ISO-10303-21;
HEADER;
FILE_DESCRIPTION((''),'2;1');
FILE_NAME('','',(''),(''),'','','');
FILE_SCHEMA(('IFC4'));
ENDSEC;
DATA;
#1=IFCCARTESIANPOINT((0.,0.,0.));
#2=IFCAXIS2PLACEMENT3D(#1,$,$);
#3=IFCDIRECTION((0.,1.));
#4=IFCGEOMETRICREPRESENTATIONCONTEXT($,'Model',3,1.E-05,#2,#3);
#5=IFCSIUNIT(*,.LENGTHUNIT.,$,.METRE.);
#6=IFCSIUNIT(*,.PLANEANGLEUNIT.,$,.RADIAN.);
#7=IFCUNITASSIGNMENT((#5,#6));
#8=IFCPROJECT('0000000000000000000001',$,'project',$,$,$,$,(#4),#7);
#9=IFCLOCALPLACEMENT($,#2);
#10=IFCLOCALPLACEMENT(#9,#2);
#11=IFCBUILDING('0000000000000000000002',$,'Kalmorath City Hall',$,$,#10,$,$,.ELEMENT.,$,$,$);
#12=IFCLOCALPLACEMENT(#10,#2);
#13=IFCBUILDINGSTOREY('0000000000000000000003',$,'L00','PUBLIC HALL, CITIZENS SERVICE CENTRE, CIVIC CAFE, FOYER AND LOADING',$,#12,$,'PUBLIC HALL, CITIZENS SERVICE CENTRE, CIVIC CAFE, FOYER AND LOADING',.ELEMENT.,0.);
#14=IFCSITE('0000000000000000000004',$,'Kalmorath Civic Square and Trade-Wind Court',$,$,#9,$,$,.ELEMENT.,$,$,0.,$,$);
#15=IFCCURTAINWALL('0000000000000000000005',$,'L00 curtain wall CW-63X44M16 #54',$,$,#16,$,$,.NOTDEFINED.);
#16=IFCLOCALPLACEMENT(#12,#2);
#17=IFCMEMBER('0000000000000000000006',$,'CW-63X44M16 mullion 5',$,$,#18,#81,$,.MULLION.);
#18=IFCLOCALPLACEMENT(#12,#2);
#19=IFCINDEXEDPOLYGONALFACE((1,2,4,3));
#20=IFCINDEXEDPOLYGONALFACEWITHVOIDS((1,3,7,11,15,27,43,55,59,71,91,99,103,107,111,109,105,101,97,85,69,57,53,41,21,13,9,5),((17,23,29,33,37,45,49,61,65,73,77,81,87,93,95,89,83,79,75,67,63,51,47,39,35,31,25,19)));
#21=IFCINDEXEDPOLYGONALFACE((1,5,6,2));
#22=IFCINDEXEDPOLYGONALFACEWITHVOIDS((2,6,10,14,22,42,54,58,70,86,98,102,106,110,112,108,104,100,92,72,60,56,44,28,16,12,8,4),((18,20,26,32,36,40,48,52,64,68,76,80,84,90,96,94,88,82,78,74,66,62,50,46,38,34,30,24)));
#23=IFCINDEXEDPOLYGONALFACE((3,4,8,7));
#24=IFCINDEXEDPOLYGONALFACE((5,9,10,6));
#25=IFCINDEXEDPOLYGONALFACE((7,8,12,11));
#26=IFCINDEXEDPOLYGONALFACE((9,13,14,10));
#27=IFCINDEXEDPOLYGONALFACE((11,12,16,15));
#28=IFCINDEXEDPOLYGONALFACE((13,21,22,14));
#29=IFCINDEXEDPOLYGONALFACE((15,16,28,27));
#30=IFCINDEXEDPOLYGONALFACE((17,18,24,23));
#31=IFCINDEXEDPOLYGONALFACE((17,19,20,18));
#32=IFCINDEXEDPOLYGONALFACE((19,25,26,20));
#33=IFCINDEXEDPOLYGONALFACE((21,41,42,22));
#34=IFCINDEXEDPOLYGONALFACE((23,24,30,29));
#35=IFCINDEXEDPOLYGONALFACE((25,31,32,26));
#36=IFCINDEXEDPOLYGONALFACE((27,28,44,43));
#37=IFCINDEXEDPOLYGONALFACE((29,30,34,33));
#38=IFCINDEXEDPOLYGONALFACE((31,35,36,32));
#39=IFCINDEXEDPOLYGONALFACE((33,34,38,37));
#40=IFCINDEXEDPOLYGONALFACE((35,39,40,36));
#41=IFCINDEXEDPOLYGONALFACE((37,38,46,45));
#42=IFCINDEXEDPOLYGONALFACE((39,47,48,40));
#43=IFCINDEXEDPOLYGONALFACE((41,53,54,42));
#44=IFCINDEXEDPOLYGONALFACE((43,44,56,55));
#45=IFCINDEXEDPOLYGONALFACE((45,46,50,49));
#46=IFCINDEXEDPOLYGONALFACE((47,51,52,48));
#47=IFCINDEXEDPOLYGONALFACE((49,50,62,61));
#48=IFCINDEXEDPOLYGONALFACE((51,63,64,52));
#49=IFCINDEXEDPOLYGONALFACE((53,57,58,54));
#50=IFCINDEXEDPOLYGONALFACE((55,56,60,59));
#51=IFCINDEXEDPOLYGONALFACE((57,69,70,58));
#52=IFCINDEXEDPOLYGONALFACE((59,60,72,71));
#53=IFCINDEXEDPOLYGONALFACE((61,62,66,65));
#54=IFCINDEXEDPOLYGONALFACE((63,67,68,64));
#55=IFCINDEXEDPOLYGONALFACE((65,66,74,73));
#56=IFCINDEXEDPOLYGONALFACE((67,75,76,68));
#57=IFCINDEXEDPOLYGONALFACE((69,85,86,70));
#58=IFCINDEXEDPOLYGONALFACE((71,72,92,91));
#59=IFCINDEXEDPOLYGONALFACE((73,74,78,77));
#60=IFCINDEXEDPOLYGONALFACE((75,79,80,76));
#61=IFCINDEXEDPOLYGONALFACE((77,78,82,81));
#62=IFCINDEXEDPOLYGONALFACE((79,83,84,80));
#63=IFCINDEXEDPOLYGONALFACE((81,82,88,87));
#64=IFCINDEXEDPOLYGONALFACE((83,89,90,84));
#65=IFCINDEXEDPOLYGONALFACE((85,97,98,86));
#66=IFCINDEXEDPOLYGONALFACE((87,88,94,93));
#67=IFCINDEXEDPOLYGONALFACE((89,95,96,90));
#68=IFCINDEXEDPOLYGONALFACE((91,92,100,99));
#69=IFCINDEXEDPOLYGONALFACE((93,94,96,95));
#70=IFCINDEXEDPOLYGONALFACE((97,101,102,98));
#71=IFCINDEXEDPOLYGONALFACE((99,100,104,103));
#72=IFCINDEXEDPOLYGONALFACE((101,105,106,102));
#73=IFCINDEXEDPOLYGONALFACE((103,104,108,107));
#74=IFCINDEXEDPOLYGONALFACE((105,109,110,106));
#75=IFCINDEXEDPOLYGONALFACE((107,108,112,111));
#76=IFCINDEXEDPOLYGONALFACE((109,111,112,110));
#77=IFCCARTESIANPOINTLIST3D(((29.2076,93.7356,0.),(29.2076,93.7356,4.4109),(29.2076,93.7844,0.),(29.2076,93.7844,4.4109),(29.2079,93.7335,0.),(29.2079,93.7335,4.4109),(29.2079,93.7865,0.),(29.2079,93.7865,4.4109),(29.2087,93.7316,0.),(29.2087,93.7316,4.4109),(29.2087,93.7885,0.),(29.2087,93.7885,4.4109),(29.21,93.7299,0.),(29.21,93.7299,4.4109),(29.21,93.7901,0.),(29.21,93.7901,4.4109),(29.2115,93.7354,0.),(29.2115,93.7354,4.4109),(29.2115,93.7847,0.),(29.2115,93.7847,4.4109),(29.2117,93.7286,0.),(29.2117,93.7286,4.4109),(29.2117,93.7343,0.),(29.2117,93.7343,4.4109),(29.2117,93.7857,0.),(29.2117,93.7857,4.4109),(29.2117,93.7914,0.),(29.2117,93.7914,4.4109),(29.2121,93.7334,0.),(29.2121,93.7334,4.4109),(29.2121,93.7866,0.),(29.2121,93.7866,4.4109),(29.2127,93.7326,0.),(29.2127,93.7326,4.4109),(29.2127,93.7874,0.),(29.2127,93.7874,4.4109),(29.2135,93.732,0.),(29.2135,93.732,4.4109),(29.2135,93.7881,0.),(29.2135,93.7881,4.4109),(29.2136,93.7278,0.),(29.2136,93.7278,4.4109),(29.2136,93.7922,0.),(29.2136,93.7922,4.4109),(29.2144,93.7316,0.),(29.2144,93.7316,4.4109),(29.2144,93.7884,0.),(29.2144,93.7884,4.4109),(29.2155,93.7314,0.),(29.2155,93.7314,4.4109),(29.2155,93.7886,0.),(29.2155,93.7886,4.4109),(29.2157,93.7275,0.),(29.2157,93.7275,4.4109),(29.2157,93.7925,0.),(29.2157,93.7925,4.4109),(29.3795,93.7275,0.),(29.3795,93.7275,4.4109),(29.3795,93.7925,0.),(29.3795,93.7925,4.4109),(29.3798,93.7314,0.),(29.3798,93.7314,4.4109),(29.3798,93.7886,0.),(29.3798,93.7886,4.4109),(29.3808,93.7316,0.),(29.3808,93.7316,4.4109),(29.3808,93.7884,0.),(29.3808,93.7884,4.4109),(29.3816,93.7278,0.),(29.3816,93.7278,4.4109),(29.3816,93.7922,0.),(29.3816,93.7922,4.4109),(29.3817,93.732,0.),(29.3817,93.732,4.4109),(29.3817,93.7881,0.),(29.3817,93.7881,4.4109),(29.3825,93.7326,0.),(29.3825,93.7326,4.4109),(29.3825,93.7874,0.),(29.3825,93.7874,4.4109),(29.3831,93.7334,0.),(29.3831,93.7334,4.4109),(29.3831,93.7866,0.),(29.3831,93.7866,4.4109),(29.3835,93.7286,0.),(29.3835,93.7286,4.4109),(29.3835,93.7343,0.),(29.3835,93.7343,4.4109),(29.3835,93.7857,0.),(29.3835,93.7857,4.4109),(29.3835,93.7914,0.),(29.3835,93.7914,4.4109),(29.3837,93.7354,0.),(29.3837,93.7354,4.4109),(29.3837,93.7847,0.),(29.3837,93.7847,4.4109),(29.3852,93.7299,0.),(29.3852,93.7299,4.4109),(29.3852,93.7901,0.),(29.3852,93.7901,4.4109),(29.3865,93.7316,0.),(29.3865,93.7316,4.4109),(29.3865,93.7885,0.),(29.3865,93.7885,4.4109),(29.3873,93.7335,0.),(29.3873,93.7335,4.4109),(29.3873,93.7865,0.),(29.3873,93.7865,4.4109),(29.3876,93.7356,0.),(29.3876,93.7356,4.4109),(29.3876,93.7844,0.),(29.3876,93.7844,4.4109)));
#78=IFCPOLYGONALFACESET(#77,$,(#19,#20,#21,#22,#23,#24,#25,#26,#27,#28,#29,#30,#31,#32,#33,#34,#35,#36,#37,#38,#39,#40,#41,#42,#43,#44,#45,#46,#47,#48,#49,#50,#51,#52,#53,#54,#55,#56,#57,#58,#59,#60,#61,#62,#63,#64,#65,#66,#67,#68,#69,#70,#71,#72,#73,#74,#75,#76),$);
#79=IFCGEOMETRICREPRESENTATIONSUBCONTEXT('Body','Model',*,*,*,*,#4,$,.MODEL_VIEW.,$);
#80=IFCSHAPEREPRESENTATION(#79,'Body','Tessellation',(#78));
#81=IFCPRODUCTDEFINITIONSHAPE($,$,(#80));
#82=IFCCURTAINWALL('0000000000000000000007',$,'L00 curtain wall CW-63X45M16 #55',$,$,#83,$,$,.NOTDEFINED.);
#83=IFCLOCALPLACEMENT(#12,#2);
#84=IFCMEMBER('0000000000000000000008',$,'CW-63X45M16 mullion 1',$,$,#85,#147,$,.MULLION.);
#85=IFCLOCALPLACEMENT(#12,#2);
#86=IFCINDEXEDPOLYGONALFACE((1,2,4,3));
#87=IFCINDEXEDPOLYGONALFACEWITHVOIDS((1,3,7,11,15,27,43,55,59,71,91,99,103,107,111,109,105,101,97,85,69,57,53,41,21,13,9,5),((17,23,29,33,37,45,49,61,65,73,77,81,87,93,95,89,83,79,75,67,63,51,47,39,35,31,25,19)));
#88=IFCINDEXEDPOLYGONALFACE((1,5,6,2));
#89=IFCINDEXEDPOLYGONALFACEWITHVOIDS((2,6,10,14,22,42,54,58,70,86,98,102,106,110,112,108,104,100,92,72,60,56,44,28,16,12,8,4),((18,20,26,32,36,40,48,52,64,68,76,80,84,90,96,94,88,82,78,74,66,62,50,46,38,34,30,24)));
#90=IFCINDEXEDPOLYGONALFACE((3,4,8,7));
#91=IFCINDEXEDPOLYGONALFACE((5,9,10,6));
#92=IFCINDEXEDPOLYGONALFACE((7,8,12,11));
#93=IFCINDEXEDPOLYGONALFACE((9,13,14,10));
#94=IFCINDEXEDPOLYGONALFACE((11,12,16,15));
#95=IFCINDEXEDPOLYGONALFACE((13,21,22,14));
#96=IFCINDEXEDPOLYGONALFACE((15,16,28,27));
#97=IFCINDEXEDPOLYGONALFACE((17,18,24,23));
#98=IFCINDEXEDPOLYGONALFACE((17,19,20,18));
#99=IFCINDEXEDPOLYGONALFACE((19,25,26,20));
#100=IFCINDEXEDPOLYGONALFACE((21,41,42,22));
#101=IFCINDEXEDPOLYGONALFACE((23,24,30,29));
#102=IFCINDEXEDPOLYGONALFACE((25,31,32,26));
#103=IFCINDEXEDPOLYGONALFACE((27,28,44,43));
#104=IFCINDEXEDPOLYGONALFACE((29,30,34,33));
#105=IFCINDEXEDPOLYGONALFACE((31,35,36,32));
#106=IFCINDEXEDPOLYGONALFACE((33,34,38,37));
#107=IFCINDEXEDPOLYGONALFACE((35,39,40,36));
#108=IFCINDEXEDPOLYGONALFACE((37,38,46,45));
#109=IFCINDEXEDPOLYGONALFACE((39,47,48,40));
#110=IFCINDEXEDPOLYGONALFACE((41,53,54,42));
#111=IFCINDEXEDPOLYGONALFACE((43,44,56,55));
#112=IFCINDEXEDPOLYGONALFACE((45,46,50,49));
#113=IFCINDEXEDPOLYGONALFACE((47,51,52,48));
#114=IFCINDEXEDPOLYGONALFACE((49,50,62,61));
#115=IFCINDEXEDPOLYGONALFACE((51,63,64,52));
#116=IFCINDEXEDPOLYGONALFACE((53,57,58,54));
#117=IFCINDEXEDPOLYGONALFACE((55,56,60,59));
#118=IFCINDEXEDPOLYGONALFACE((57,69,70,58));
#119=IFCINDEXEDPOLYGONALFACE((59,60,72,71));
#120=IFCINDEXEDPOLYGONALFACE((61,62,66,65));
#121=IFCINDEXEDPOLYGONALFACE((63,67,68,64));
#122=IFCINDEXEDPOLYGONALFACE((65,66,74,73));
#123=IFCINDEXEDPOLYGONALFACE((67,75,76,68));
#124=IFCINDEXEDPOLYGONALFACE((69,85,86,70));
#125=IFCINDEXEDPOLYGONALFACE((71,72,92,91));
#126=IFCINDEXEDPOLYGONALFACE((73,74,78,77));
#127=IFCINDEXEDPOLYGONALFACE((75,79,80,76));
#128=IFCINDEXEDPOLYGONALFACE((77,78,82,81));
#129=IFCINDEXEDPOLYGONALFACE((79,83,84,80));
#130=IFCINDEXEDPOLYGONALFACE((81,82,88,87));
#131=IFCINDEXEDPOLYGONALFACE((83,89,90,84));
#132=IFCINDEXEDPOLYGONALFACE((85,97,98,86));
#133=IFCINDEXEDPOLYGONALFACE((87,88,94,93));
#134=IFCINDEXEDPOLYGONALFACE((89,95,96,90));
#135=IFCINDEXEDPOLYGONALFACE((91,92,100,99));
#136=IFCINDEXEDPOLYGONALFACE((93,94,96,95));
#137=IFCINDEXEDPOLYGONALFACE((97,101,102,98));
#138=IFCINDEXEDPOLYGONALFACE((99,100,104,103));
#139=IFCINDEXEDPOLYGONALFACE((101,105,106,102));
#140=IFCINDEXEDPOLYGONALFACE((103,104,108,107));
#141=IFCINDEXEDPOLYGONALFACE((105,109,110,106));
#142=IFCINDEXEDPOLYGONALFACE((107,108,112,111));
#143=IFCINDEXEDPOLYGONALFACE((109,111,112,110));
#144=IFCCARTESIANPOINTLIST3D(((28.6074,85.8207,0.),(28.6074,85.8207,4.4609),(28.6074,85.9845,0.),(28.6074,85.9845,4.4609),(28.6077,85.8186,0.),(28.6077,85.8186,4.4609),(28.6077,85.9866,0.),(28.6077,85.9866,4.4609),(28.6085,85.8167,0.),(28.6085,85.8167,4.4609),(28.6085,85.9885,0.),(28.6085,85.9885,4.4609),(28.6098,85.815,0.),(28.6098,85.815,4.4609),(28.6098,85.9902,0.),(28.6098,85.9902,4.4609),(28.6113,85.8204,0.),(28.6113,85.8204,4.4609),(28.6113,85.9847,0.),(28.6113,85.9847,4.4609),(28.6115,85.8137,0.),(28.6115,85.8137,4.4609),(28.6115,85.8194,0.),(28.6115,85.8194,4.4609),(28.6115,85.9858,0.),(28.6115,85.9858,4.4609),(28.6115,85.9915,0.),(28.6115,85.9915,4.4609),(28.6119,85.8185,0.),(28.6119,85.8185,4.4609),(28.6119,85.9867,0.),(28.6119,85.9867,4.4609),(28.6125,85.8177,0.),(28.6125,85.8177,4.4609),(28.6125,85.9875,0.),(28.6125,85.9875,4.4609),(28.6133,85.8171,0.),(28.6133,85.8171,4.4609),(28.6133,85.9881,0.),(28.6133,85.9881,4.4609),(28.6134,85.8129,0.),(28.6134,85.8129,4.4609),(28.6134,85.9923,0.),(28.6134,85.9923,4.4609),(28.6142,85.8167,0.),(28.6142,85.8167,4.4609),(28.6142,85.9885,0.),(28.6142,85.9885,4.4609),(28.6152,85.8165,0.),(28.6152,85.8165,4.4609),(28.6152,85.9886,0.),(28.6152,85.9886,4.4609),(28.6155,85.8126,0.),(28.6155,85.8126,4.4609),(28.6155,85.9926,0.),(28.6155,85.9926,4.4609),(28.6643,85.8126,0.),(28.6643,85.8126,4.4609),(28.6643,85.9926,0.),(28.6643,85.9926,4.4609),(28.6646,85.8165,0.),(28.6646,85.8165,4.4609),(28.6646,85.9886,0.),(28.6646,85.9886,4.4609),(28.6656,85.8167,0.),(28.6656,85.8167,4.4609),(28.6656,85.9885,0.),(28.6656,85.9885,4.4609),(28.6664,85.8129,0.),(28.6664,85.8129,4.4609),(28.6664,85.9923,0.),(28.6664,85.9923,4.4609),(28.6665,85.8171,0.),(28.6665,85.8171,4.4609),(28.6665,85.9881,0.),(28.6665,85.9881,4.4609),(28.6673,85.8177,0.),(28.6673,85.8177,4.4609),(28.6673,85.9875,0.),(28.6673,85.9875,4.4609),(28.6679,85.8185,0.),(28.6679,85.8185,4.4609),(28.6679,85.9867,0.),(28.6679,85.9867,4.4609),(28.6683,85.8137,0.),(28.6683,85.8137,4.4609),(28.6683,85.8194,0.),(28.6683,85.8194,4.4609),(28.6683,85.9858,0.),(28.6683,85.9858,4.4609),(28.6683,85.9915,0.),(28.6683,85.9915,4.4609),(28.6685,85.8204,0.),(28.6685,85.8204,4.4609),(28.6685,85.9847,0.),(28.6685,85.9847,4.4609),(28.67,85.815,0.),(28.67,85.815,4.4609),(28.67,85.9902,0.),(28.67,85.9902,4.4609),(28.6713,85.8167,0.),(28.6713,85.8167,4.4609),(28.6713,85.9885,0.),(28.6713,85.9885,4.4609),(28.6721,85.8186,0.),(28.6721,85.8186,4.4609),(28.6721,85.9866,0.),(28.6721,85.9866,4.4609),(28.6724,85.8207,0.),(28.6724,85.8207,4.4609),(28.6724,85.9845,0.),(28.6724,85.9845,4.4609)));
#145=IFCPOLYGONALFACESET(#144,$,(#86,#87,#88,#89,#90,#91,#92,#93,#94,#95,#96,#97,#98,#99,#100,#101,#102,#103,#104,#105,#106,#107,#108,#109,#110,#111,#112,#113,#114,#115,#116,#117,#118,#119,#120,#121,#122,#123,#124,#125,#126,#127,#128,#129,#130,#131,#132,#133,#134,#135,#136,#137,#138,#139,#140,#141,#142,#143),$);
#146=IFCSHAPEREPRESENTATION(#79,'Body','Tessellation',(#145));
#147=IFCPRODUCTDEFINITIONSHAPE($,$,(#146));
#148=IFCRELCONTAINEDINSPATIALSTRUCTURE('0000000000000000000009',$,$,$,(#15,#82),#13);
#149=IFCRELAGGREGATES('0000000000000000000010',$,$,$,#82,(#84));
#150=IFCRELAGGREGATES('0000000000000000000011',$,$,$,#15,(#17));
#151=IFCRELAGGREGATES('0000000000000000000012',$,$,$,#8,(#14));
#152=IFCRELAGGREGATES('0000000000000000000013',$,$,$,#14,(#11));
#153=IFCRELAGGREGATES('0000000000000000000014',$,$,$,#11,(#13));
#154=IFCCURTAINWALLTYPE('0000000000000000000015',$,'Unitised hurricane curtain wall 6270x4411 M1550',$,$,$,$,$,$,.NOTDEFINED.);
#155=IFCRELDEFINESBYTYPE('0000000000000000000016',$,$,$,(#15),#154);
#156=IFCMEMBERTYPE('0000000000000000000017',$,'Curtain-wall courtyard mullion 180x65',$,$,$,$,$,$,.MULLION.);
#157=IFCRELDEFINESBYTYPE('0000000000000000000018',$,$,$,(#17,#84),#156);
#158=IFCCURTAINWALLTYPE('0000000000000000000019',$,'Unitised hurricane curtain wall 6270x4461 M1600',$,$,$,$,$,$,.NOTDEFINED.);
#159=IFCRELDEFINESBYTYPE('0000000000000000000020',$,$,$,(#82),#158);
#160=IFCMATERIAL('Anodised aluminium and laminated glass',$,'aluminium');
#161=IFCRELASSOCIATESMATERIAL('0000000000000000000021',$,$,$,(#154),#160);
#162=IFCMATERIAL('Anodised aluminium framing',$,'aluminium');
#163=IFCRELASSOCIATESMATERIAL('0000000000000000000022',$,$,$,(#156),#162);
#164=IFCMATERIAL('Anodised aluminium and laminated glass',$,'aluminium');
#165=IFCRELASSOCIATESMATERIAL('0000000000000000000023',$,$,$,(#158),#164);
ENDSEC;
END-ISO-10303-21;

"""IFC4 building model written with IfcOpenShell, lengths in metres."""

from ifc_helpers import new_model, si_unit, direction, frame, origin, origin_2d, place, context, subcontext, project, spatial, hollow_rectangle, extrude, material, material_profile, profile_set, type_object, element, aggregate, save


model = new_model("IFC4")

# Units and contexts
model_context = context("Model", 3, precision=1e-05, world=origin(), true_north=direction((0.0, 1.0)))
body_context = subcontext(model_context, "Body", "Model", "MODEL_VIEW")
ifc_project = project(units=[si_unit("LENGTHUNIT", "METRE"), si_unit("PLANEANGLEUNIT", "RADIAN")], contexts=[model_context])

# Site, building, storey
site_placement = place(None, origin())
site = spatial("IfcSite", under=ifc_project, at=site_placement, Name="Kalmorath Civic Square and Trade-Wind Court", CompositionType="ELEMENT", RefElevation=0.0)
building_placement = place(site_placement, origin())
building = spatial("IfcBuilding", under=site, at=building_placement, Name="Kalmorath City Hall", CompositionType="ELEMENT")
storey_placement = place(building_placement, origin())
storey = spatial("IfcBuildingStorey", under=building, at=storey_placement, Name="L00", Description="PUBLIC HALL, CITIZENS SERVICE CENTRE, CIVIC CAFE, FOYER AND LOADING", LongName="PUBLIC HALL, CITIZENS SERVICE CENTRE, CIVIC CAFE, FOYER AND LOADING", CompositionType="ELEMENT", Elevation=0.0)

# Curtain wall, member
ifc_material_1 = material(Name="Anodised aluminium and laminated glass", Category="aluminium")
curtain_wall_type_1 = type_object("IfcCurtainWallType", Name="Unitised hurricane curtain wall 6270x4411 M1550", PredefinedType="NOTDEFINED", material=ifc_material_1)
curtain_wall_1_placement = place(storey_placement, origin())
curtain_wall_1 = element("IfcCurtainWall", 1, at=curtain_wall_1_placement, inside=storey, type_object=curtain_wall_type_1, Name="L00 curtain wall CW-63X44M16 #54", PredefinedType="NOTDEFINED")
ifc_material_2 = material(Name="Anodised aluminium framing", Category="aluminium")
ifc_material_profile_1 = material_profile(ifc_material_2, hollow_rectangle(XDim=0.0649, YDim=0.1799, WallThickness=0.0039, InnerFilletRadius=0.0039, OuterFilletRadius=0.0081, at=origin_2d()), Name="ALU-MUL-180X65X4")
ifc_profile_set_1 = profile_set([ifc_material_profile_1], Name="Anodised aluminium framing")
member_type_1 = type_object("IfcMemberType", Name="Curtain-wall courtyard mullion 180x65", PredefinedType="MULLION", material=ifc_profile_set_1)
member_1_placement = place(storey_placement, frame((29.2976, 93.76, 0.0), z_axis=(0.0, 0.0, 1.0), x_axis=(0.0, -1.0, 0.0)))
member_1 = element("IfcMember", 2, at=member_1_placement, type_object=member_type_1, Name="CW-63X44M16 mullion 5", PredefinedType="MULLION", context=body_context, shape_type="SweptSolid", body=[
    extrude(hollow_rectangle(XDim=0.0649, YDim=0.1799, WallThickness=0.0039, InnerFilletRadius=0.0039, OuterFilletRadius=0.0081, at=origin_2d()), origin(), (0.0, 0.0, 1.0), 4.4109),
])

# Curtain wall, member
ifc_material_3 = material(Name="Anodised aluminium and laminated glass", Category="aluminium")
curtain_wall_type_2 = type_object("IfcCurtainWallType", Name="Unitised hurricane curtain wall 6270x4461 M1600", PredefinedType="NOTDEFINED", material=ifc_material_3)
curtain_wall_2_placement = place(storey_placement, origin())
curtain_wall_2 = element("IfcCurtainWall", 3, at=curtain_wall_2_placement, inside=storey, type_object=curtain_wall_type_2, Name="L00 curtain wall CW-63X45M16 #55", PredefinedType="NOTDEFINED")
member_2_placement = place(storey_placement, frame((28.6399, 85.9026, 0.0), z_axis=(0.0, 0.0, 1.0), x_axis=(1.0, 0.0, 0.0)))
member_2 = element("IfcMember", 4, at=member_2_placement, type_object=member_type_1, Name="CW-63X45M16 mullion 1", PredefinedType="MULLION", context=body_context, shape_type="SweptSolid", body=[
    extrude(hollow_rectangle(XDim=0.0649, YDim=0.1799, WallThickness=0.0039, InnerFilletRadius=0.0039, OuterFilletRadius=0.0081, at=origin_2d()), origin(), (0.0, 0.0, 1.0), 4.4609),
])

aggregate(curtain_wall_2, [member_2])

aggregate(curtain_wall_1, [member_1])

save(model, "model.ifc")
